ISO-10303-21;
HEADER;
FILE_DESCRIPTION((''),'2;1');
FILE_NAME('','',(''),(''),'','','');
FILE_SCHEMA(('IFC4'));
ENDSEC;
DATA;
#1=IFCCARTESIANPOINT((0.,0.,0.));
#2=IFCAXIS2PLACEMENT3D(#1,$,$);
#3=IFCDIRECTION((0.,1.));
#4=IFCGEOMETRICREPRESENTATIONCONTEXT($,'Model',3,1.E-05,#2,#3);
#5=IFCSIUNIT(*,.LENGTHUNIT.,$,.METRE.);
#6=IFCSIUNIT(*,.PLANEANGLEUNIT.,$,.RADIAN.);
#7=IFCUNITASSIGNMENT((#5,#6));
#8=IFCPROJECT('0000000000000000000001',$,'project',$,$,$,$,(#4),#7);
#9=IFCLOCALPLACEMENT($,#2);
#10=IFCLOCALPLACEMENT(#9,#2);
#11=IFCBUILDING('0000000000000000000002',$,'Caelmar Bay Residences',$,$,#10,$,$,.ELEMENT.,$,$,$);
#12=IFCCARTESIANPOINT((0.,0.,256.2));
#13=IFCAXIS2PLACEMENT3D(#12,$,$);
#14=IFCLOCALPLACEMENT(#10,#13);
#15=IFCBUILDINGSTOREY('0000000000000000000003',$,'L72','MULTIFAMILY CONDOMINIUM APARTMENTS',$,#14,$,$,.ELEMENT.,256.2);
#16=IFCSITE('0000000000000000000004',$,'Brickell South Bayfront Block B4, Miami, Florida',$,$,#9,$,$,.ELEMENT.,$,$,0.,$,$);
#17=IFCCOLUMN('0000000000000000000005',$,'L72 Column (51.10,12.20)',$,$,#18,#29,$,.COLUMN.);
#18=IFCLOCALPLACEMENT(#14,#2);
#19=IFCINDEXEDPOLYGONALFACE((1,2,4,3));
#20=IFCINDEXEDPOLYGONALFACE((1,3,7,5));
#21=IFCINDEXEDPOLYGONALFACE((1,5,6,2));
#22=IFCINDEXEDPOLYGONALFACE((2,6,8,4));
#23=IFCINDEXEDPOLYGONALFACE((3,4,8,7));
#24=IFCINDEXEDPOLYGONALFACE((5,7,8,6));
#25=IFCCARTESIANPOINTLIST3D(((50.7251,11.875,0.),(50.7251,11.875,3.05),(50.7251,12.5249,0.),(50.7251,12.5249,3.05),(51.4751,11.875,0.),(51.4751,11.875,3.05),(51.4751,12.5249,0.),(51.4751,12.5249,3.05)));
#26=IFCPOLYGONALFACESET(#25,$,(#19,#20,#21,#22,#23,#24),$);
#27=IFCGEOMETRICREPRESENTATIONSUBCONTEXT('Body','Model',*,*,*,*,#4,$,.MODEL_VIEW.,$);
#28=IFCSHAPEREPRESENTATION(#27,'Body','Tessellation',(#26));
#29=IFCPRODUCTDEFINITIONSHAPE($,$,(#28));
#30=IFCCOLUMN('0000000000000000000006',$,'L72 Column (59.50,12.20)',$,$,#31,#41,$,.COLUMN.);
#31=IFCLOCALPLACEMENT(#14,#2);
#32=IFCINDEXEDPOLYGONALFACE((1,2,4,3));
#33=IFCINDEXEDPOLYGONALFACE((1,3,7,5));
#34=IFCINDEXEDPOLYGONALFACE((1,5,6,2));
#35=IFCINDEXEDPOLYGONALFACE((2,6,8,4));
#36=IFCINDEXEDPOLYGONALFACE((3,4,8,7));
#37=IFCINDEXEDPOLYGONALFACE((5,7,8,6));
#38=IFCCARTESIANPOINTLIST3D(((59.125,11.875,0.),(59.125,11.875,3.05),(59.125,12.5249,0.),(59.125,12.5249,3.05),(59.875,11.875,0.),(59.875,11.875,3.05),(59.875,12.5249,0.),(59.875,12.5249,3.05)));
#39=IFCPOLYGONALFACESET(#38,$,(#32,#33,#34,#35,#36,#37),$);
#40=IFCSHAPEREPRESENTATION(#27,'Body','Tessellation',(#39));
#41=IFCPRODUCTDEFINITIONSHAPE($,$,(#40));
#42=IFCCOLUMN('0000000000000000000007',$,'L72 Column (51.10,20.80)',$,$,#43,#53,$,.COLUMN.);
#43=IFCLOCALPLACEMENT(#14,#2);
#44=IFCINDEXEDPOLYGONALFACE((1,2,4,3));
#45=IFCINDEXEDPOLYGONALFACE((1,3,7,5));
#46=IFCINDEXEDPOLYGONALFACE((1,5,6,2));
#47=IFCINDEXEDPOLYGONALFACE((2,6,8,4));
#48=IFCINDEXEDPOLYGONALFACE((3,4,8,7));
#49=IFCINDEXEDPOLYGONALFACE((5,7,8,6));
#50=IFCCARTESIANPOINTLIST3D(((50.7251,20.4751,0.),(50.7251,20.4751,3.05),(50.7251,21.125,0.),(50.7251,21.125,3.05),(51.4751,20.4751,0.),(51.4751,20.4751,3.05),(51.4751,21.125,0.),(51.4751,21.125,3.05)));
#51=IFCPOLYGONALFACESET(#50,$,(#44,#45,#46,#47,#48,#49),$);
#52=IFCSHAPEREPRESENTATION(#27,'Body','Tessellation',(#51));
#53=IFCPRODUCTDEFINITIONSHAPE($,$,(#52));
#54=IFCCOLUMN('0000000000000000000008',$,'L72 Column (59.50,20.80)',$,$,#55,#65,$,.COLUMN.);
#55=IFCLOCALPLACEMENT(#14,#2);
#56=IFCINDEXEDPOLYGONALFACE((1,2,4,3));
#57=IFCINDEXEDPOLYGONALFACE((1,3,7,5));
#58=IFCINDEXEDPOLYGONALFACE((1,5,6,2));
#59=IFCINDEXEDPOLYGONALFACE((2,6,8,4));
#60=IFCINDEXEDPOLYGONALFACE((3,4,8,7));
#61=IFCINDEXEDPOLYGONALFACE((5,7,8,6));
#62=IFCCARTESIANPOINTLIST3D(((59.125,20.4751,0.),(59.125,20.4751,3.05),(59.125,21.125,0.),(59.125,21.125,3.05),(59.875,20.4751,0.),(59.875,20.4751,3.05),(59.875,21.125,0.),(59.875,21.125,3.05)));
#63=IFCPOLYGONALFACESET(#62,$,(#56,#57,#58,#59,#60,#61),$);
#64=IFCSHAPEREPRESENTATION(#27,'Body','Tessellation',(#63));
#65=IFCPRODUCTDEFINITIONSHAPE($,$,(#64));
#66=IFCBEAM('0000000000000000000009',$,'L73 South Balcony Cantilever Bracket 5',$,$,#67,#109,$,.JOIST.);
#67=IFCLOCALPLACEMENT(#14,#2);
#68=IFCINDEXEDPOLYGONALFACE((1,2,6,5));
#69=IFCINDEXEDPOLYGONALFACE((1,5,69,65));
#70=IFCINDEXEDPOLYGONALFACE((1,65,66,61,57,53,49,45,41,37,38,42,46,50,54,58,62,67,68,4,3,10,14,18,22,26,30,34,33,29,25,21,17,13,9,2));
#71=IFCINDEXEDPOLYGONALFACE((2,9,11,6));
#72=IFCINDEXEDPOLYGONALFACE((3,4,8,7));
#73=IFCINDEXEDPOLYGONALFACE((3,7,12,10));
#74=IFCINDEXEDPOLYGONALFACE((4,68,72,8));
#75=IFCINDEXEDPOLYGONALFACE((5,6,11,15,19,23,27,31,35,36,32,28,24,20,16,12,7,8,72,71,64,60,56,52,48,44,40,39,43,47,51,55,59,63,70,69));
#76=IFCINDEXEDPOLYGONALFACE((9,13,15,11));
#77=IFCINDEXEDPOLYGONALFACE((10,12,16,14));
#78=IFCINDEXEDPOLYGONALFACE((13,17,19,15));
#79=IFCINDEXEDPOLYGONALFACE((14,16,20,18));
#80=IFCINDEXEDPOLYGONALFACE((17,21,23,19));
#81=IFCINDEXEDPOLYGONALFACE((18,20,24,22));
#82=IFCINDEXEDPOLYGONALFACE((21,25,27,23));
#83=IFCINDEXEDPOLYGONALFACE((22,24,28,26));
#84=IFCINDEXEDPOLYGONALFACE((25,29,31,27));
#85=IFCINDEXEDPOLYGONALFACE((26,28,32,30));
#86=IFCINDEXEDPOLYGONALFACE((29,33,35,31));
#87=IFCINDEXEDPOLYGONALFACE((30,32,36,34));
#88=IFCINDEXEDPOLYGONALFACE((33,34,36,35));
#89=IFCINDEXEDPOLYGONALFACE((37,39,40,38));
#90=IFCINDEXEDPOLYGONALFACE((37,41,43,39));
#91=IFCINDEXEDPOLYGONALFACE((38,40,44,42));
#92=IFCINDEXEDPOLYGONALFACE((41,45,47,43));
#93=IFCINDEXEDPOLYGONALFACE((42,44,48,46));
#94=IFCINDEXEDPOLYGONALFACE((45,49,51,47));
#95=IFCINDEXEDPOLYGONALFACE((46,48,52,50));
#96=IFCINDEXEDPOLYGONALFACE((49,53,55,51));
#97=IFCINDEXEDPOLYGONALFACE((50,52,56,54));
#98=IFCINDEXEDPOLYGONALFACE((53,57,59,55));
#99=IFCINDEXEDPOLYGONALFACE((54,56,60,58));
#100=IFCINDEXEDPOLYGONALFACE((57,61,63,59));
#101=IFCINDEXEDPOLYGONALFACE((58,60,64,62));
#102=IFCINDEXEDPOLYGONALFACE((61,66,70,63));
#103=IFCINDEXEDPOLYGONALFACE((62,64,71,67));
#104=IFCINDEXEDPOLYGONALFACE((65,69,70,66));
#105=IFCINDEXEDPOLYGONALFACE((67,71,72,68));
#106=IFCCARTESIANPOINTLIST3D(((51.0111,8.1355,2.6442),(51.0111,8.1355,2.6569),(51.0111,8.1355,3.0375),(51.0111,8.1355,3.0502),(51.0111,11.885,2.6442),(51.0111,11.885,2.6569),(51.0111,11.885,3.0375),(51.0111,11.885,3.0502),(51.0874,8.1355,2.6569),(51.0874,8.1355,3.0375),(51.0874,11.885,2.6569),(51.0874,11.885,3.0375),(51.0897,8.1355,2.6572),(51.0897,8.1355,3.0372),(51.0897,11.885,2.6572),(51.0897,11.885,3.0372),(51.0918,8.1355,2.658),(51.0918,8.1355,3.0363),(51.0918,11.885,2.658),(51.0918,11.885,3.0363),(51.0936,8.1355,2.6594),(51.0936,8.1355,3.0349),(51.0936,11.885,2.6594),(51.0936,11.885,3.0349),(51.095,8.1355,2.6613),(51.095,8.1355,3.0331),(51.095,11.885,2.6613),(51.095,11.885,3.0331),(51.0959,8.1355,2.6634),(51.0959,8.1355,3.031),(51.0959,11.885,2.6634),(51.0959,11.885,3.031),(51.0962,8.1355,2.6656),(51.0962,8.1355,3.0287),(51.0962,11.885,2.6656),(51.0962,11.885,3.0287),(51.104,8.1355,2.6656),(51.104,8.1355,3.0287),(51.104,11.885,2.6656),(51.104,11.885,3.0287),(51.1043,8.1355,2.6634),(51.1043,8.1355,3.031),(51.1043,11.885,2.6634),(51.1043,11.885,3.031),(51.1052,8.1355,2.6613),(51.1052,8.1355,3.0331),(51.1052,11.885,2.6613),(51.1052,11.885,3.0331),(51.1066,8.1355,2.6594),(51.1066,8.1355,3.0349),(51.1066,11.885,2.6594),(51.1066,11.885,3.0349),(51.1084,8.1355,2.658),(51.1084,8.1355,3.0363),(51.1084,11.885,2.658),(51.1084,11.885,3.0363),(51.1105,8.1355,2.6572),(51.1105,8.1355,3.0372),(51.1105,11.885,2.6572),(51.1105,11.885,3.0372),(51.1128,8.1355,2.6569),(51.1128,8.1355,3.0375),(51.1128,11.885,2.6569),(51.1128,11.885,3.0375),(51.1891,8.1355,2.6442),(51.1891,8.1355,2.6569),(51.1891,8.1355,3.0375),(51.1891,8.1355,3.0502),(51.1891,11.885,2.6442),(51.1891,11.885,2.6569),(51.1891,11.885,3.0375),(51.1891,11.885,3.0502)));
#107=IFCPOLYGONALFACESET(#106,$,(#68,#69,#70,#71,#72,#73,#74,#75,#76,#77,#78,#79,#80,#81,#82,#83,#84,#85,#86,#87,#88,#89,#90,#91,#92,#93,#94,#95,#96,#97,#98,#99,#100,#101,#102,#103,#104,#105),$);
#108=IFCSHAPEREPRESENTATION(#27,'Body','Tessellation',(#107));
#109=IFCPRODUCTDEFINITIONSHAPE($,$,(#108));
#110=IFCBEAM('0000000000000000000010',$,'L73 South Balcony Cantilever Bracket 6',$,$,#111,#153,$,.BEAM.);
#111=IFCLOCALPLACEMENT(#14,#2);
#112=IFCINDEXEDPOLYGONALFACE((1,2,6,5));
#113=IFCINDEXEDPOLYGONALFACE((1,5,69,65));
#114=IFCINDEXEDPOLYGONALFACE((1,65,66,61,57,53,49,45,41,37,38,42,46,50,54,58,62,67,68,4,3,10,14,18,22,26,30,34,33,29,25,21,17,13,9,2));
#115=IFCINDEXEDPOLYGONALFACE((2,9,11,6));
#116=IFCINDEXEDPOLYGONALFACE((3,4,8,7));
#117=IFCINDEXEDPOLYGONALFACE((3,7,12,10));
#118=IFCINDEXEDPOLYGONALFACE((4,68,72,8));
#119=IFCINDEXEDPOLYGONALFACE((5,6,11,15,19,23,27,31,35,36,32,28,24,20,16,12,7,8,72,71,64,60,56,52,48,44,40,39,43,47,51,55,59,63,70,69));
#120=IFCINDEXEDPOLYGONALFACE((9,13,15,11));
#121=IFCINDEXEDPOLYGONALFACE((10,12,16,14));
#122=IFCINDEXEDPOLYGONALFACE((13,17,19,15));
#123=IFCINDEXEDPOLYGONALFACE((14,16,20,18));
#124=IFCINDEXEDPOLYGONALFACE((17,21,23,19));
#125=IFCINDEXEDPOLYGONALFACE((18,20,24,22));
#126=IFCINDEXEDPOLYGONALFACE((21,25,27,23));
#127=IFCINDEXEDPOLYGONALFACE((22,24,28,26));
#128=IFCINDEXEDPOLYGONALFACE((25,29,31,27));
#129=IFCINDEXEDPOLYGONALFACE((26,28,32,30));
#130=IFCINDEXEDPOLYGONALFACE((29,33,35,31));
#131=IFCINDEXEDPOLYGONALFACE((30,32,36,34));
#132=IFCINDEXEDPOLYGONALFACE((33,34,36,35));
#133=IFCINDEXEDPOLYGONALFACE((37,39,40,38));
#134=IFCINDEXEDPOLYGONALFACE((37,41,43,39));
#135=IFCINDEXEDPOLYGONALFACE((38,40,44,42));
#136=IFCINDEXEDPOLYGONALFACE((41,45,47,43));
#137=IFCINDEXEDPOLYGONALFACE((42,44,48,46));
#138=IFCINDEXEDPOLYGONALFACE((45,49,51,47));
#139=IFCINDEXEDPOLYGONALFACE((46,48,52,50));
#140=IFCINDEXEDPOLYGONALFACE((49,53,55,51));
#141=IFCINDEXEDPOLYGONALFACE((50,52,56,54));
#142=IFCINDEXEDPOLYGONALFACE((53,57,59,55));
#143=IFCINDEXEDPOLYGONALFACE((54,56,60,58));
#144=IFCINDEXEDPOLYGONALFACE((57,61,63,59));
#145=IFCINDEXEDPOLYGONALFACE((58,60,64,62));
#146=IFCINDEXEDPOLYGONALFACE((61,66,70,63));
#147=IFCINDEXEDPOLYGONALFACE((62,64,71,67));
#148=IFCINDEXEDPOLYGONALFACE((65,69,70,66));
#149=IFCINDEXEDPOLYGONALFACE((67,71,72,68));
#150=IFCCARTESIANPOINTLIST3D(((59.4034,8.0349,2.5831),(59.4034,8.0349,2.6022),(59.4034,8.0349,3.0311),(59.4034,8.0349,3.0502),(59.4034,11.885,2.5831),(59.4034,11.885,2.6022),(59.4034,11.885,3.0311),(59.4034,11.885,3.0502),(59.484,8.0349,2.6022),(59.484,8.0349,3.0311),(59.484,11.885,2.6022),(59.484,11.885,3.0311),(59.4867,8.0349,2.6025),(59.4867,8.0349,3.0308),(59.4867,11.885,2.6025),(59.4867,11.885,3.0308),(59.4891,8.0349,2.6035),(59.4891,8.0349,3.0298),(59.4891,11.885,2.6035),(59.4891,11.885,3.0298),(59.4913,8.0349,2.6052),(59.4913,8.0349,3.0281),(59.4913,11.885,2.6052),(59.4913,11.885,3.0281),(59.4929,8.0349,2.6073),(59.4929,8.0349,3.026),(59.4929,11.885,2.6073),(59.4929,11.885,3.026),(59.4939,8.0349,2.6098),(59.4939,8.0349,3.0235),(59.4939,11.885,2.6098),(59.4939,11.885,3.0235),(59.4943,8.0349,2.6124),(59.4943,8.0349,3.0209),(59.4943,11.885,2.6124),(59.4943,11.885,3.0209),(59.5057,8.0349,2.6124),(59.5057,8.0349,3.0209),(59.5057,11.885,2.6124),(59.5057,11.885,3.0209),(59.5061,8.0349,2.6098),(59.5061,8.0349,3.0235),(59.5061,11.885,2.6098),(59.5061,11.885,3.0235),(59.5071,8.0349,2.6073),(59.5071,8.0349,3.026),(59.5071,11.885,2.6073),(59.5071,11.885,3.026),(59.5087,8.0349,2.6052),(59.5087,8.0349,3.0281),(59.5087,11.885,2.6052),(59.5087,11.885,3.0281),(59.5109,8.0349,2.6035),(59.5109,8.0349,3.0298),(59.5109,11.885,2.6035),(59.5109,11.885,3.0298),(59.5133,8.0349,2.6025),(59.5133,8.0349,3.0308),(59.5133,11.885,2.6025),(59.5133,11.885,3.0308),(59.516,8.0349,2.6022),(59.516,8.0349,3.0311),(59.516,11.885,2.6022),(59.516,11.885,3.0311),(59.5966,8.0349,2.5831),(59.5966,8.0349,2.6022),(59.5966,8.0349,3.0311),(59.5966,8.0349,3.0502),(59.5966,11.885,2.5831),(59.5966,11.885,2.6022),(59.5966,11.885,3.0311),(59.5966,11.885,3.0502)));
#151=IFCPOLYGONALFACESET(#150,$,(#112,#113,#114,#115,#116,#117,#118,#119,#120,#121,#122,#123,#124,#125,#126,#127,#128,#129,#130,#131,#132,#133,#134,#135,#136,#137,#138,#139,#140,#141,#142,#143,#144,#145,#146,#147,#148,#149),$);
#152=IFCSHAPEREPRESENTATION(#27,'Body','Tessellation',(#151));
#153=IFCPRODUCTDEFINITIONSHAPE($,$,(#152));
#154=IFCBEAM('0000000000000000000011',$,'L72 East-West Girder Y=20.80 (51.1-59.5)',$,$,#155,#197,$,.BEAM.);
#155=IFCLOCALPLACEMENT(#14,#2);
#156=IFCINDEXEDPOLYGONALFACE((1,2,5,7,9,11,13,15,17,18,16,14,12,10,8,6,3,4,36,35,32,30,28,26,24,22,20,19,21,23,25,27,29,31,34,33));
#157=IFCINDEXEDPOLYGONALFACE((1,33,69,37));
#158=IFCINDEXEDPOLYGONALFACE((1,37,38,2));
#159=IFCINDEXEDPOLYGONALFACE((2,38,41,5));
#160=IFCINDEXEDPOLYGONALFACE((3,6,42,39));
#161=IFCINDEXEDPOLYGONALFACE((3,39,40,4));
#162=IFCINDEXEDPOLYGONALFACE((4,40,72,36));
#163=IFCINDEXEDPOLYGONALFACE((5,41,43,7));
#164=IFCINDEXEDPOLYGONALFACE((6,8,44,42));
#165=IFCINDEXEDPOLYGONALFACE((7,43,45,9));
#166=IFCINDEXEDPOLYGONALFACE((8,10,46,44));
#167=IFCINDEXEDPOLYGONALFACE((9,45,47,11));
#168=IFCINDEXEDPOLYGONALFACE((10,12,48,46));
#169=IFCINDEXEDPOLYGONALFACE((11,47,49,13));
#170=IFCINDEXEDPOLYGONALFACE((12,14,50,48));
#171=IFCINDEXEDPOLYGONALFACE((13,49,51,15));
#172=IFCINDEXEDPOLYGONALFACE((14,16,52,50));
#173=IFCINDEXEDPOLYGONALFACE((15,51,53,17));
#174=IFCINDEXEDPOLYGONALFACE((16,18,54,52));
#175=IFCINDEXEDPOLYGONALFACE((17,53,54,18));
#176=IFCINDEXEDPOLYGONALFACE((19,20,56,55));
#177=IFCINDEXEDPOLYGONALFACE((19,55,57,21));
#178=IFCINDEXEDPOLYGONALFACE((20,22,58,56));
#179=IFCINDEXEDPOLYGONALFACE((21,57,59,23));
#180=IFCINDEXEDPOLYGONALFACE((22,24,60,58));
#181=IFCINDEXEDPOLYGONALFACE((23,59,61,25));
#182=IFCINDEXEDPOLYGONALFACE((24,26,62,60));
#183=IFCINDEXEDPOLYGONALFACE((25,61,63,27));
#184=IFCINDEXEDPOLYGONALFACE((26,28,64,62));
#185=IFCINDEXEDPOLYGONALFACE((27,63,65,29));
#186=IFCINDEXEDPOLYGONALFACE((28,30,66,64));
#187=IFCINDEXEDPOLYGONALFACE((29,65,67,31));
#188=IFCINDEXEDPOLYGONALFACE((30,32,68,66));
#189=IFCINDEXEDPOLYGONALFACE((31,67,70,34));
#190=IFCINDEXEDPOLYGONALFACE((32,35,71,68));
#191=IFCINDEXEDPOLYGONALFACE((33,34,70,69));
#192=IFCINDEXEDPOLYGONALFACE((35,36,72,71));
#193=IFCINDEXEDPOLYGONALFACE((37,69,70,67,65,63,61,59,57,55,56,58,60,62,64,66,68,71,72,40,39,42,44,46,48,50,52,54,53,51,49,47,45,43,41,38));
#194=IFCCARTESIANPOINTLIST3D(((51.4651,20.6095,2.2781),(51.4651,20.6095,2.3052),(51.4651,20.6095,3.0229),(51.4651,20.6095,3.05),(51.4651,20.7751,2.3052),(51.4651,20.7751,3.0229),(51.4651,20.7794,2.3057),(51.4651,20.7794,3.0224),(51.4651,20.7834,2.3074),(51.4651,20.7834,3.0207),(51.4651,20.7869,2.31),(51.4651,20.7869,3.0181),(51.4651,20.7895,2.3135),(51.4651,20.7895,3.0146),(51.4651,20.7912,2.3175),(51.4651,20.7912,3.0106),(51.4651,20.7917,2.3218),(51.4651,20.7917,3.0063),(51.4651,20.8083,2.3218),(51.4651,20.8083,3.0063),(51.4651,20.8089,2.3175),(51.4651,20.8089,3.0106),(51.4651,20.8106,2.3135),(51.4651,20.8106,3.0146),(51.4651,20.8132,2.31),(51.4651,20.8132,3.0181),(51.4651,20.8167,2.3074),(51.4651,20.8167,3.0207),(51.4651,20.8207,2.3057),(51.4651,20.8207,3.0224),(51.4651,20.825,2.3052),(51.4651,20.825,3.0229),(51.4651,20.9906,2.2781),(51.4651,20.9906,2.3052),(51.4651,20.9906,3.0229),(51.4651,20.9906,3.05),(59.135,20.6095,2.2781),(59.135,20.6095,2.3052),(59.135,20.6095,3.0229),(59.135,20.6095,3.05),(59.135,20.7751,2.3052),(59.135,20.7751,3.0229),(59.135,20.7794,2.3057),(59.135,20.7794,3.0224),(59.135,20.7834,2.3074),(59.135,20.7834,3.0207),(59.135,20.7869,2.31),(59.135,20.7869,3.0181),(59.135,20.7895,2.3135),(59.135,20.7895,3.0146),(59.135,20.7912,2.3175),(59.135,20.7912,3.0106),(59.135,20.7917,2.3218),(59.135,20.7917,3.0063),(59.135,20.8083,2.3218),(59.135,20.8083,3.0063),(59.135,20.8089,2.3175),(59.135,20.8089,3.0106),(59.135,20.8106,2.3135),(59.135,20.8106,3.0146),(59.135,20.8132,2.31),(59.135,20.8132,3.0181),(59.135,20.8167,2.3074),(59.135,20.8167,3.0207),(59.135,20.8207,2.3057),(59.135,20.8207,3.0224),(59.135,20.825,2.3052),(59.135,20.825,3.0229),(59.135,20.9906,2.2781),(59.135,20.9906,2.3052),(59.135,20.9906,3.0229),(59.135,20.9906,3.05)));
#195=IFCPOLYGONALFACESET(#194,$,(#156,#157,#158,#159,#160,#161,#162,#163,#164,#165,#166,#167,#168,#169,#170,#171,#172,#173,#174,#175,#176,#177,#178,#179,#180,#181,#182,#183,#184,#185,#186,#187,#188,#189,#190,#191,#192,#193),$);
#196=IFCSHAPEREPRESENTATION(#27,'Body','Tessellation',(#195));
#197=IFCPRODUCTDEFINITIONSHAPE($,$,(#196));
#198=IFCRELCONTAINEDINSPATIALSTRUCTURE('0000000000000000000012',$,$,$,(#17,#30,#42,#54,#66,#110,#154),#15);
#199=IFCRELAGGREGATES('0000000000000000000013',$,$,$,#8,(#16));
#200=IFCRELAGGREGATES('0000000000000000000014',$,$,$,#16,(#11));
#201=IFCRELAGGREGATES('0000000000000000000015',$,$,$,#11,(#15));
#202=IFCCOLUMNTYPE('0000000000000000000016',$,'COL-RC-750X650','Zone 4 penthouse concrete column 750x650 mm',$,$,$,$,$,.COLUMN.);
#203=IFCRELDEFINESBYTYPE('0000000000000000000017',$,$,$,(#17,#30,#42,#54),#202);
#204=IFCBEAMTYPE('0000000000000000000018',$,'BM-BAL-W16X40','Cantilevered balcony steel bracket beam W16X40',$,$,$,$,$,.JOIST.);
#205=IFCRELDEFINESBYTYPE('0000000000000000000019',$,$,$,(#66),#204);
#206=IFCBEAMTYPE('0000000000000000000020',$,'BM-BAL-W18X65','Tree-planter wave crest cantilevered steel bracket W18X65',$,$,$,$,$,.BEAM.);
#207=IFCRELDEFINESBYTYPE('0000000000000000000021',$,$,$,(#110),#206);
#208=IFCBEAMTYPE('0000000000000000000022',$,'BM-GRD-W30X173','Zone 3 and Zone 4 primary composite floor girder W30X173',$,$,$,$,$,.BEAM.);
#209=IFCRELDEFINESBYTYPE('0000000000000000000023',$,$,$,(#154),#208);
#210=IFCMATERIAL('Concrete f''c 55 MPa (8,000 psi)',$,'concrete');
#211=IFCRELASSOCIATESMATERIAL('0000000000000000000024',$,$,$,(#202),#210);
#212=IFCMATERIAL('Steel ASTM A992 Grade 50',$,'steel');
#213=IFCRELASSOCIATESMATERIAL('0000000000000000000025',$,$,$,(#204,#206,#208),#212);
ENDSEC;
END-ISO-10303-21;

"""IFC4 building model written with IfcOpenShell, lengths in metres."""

from ifc_helpers import new_model, si_unit, direction, frame, origin, origin_2d, place, context, subcontext, project, spatial, rectangle, i_section, extrude, material, material_profile, profile_set, type_object, element, save


model = new_model("IFC4")

# Units and contexts
model_context = context("Model", 3, precision=1e-05, world=origin(), true_north=direction((0.0, 1.0)))
body_context = subcontext(model_context, "Body", "Model", "MODEL_VIEW")
ifc_project = project(units=[si_unit("LENGTHUNIT", "METRE"), si_unit("PLANEANGLEUNIT", "RADIAN")], contexts=[model_context])

# Site, building, storey
site_placement = place(None, origin())
site = spatial("IfcSite", under=ifc_project, at=site_placement, Name="Brickell South Bayfront Block B4, Miami, Florida", CompositionType="ELEMENT", RefElevation=0.0)
building_placement = place(site_placement, origin())
building = spatial("IfcBuilding", under=site, at=building_placement, Name="Caelmar Bay Residences", CompositionType="ELEMENT")
storey_placement = place(building_placement, frame((0.0, 0.0, 256.2)))
storey = spatial("IfcBuildingStorey", under=building, at=storey_placement, Name="L72", Description="MULTIFAMILY CONDOMINIUM APARTMENTS", CompositionType="ELEMENT", Elevation=256.2)

# Columns
ifc_material_1 = material(Name="Concrete f'c 55 MPa (8,000 psi)", Category="concrete")
ifc_material_profile_1 = material_profile(ifc_material_1, rectangle(XDim=0.75, YDim=0.6499, at=origin_2d()), Name="RC-COL-750X650")
ifc_profile_set_1 = profile_set([ifc_material_profile_1], Name="Concrete f'c 55 MPa (8,000 psi)")
column_type = type_object("IfcColumnType", Name="COL-RC-750X650", Description="Zone 4 penthouse concrete column 750x650 mm", PredefinedType="COLUMN", material=ifc_profile_set_1)
for number, where, z_axis, x_axis, name in (
    (1, (51.1001, 12.2, 0.0), (0.0, 0.0, 1.0), (1.0, 0.0, 0.0), "L72 Column (51.10,12.20)"),
    (2, (59.5, 12.2, 0.0), (0.0, 0.0, 1.0), (1.0, 0.0, 0.0), "L72 Column (59.50,12.20)"),
    (3, (51.1001, 20.8, 0.0), (0.0, 0.0, 1.0), (1.0, 0.0, 0.0), "L72 Column (51.10,20.80)"),
    (4, (59.5, 20.8, 0.0), (0.0, 0.0, 1.0), (1.0, 0.0, 0.0), "L72 Column (59.50,20.80)"),
):
    element("IfcColumn", number, at=place(storey_placement, frame(where, z_axis=z_axis, x_axis=x_axis)), inside=storey, type_object=column_type, Name=name, PredefinedType="COLUMN", context=body_context, shape_type="SweptSolid", body=[
        extrude(rectangle(XDim=0.75, YDim=0.6499, at=origin_2d()), origin(), (0.0, 0.0, 1.0), 3.05),
    ])

# Beams
ifc_material_2 = material(Name="Steel ASTM A992 Grade 50", Category="steel")
ifc_material_profile_2 = material_profile(ifc_material_2, i_section(OverallWidth=0.178, OverallDepth=0.406, WebThickness=0.0078, FlangeThickness=0.0127, FilletRadius=0.0088, at=origin_2d()), Name="W16X40")
ifc_profile_set_2 = profile_set([ifc_material_profile_2], Name="Steel ASTM A992 Grade 50")
beam_type_1 = type_object("IfcBeamType", Name="BM-BAL-W16X40", Description="Cantilevered balcony steel bracket beam W16X40", PredefinedType="JOIST", material=ifc_profile_set_2)
beam_1_placement = place(storey_placement, frame((51.1001, 11.885, 2.8472), z_axis=(0.0, -1.0, 0.0), x_axis=(1.0, 0.0, 0.0)))
element("IfcBeam", 5, at=beam_1_placement, inside=storey, type_object=beam_type_1, Name="L73 South Balcony Cantilever Bracket 5", PredefinedType="JOIST", context=body_context, shape_type="SweptSolid", body=[
    extrude(i_section(OverallWidth=0.178, OverallDepth=0.406, WebThickness=0.0078, FlangeThickness=0.0127, FilletRadius=0.0088, at=origin_2d()), origin(), (0.0, 0.0, 1.0), 3.7495),
])
ifc_material_profile_3 = material_profile(ifc_material_2, i_section(OverallWidth=0.1931, OverallDepth=0.467, WebThickness=0.0115, FlangeThickness=0.019, FilletRadius=0.0103, at=origin_2d()), Name="W18X65")
ifc_profile_set_3 = profile_set([ifc_material_profile_3], Name="Steel ASTM A992 Grade 50")
beam_type_2 = type_object("IfcBeamType", Name="BM-BAL-W18X65", Description="Tree-planter wave crest cantilevered steel bracket W18X65", PredefinedType="BEAM", material=ifc_profile_set_3)
beam_2_placement = place(storey_placement, frame((59.5, 11.885, 2.8167), z_axis=(0.0, -1.0, 0.0), x_axis=(1.0, 0.0, 0.0)))
element("IfcBeam", 6, at=beam_2_placement, inside=storey, type_object=beam_type_2, Name="L73 South Balcony Cantilever Bracket 6", PredefinedType="BEAM", context=body_context, shape_type="SweptSolid", body=[
    extrude(i_section(OverallWidth=0.1931, OverallDepth=0.467, WebThickness=0.0115, FlangeThickness=0.019, FilletRadius=0.0103, at=origin_2d()), origin(), (0.0, 0.0, 1.0), 3.8501),
])
ifc_material_profile_4 = material_profile(ifc_material_2, i_section(OverallWidth=0.3811, OverallDepth=0.772, WebThickness=0.0166, FlangeThickness=0.0271, FilletRadius=0.0166, at=origin_2d()), Name="W30X173")
ifc_profile_set_4 = profile_set([ifc_material_profile_4], Name="Steel ASTM A992 Grade 50")
beam_type_3 = type_object("IfcBeamType", Name="BM-GRD-W30X173", Description="Zone 3 and Zone 4 primary composite floor girder W30X173", PredefinedType="BEAM", material=ifc_profile_set_4)
beam_3_placement = place(storey_placement, frame((51.4651, 20.8, 2.6641), z_axis=(1.0, 0.0, 0.0), x_axis=(0.0, 1.0, 0.0)))
element("IfcBeam", 7, at=beam_3_placement, inside=storey, type_object=beam_type_3, Name="L72 East-West Girder Y=20.80 (51.1-59.5)", PredefinedType="BEAM", context=body_context, shape_type="SweptSolid", body=[
    extrude(i_section(OverallWidth=0.3811, OverallDepth=0.772, WebThickness=0.0166, FlangeThickness=0.0271, FilletRadius=0.0166, at=origin_2d()), origin(), (0.0, 0.0, 1.0), 7.6699),
])

save(model, "model.ifc")
